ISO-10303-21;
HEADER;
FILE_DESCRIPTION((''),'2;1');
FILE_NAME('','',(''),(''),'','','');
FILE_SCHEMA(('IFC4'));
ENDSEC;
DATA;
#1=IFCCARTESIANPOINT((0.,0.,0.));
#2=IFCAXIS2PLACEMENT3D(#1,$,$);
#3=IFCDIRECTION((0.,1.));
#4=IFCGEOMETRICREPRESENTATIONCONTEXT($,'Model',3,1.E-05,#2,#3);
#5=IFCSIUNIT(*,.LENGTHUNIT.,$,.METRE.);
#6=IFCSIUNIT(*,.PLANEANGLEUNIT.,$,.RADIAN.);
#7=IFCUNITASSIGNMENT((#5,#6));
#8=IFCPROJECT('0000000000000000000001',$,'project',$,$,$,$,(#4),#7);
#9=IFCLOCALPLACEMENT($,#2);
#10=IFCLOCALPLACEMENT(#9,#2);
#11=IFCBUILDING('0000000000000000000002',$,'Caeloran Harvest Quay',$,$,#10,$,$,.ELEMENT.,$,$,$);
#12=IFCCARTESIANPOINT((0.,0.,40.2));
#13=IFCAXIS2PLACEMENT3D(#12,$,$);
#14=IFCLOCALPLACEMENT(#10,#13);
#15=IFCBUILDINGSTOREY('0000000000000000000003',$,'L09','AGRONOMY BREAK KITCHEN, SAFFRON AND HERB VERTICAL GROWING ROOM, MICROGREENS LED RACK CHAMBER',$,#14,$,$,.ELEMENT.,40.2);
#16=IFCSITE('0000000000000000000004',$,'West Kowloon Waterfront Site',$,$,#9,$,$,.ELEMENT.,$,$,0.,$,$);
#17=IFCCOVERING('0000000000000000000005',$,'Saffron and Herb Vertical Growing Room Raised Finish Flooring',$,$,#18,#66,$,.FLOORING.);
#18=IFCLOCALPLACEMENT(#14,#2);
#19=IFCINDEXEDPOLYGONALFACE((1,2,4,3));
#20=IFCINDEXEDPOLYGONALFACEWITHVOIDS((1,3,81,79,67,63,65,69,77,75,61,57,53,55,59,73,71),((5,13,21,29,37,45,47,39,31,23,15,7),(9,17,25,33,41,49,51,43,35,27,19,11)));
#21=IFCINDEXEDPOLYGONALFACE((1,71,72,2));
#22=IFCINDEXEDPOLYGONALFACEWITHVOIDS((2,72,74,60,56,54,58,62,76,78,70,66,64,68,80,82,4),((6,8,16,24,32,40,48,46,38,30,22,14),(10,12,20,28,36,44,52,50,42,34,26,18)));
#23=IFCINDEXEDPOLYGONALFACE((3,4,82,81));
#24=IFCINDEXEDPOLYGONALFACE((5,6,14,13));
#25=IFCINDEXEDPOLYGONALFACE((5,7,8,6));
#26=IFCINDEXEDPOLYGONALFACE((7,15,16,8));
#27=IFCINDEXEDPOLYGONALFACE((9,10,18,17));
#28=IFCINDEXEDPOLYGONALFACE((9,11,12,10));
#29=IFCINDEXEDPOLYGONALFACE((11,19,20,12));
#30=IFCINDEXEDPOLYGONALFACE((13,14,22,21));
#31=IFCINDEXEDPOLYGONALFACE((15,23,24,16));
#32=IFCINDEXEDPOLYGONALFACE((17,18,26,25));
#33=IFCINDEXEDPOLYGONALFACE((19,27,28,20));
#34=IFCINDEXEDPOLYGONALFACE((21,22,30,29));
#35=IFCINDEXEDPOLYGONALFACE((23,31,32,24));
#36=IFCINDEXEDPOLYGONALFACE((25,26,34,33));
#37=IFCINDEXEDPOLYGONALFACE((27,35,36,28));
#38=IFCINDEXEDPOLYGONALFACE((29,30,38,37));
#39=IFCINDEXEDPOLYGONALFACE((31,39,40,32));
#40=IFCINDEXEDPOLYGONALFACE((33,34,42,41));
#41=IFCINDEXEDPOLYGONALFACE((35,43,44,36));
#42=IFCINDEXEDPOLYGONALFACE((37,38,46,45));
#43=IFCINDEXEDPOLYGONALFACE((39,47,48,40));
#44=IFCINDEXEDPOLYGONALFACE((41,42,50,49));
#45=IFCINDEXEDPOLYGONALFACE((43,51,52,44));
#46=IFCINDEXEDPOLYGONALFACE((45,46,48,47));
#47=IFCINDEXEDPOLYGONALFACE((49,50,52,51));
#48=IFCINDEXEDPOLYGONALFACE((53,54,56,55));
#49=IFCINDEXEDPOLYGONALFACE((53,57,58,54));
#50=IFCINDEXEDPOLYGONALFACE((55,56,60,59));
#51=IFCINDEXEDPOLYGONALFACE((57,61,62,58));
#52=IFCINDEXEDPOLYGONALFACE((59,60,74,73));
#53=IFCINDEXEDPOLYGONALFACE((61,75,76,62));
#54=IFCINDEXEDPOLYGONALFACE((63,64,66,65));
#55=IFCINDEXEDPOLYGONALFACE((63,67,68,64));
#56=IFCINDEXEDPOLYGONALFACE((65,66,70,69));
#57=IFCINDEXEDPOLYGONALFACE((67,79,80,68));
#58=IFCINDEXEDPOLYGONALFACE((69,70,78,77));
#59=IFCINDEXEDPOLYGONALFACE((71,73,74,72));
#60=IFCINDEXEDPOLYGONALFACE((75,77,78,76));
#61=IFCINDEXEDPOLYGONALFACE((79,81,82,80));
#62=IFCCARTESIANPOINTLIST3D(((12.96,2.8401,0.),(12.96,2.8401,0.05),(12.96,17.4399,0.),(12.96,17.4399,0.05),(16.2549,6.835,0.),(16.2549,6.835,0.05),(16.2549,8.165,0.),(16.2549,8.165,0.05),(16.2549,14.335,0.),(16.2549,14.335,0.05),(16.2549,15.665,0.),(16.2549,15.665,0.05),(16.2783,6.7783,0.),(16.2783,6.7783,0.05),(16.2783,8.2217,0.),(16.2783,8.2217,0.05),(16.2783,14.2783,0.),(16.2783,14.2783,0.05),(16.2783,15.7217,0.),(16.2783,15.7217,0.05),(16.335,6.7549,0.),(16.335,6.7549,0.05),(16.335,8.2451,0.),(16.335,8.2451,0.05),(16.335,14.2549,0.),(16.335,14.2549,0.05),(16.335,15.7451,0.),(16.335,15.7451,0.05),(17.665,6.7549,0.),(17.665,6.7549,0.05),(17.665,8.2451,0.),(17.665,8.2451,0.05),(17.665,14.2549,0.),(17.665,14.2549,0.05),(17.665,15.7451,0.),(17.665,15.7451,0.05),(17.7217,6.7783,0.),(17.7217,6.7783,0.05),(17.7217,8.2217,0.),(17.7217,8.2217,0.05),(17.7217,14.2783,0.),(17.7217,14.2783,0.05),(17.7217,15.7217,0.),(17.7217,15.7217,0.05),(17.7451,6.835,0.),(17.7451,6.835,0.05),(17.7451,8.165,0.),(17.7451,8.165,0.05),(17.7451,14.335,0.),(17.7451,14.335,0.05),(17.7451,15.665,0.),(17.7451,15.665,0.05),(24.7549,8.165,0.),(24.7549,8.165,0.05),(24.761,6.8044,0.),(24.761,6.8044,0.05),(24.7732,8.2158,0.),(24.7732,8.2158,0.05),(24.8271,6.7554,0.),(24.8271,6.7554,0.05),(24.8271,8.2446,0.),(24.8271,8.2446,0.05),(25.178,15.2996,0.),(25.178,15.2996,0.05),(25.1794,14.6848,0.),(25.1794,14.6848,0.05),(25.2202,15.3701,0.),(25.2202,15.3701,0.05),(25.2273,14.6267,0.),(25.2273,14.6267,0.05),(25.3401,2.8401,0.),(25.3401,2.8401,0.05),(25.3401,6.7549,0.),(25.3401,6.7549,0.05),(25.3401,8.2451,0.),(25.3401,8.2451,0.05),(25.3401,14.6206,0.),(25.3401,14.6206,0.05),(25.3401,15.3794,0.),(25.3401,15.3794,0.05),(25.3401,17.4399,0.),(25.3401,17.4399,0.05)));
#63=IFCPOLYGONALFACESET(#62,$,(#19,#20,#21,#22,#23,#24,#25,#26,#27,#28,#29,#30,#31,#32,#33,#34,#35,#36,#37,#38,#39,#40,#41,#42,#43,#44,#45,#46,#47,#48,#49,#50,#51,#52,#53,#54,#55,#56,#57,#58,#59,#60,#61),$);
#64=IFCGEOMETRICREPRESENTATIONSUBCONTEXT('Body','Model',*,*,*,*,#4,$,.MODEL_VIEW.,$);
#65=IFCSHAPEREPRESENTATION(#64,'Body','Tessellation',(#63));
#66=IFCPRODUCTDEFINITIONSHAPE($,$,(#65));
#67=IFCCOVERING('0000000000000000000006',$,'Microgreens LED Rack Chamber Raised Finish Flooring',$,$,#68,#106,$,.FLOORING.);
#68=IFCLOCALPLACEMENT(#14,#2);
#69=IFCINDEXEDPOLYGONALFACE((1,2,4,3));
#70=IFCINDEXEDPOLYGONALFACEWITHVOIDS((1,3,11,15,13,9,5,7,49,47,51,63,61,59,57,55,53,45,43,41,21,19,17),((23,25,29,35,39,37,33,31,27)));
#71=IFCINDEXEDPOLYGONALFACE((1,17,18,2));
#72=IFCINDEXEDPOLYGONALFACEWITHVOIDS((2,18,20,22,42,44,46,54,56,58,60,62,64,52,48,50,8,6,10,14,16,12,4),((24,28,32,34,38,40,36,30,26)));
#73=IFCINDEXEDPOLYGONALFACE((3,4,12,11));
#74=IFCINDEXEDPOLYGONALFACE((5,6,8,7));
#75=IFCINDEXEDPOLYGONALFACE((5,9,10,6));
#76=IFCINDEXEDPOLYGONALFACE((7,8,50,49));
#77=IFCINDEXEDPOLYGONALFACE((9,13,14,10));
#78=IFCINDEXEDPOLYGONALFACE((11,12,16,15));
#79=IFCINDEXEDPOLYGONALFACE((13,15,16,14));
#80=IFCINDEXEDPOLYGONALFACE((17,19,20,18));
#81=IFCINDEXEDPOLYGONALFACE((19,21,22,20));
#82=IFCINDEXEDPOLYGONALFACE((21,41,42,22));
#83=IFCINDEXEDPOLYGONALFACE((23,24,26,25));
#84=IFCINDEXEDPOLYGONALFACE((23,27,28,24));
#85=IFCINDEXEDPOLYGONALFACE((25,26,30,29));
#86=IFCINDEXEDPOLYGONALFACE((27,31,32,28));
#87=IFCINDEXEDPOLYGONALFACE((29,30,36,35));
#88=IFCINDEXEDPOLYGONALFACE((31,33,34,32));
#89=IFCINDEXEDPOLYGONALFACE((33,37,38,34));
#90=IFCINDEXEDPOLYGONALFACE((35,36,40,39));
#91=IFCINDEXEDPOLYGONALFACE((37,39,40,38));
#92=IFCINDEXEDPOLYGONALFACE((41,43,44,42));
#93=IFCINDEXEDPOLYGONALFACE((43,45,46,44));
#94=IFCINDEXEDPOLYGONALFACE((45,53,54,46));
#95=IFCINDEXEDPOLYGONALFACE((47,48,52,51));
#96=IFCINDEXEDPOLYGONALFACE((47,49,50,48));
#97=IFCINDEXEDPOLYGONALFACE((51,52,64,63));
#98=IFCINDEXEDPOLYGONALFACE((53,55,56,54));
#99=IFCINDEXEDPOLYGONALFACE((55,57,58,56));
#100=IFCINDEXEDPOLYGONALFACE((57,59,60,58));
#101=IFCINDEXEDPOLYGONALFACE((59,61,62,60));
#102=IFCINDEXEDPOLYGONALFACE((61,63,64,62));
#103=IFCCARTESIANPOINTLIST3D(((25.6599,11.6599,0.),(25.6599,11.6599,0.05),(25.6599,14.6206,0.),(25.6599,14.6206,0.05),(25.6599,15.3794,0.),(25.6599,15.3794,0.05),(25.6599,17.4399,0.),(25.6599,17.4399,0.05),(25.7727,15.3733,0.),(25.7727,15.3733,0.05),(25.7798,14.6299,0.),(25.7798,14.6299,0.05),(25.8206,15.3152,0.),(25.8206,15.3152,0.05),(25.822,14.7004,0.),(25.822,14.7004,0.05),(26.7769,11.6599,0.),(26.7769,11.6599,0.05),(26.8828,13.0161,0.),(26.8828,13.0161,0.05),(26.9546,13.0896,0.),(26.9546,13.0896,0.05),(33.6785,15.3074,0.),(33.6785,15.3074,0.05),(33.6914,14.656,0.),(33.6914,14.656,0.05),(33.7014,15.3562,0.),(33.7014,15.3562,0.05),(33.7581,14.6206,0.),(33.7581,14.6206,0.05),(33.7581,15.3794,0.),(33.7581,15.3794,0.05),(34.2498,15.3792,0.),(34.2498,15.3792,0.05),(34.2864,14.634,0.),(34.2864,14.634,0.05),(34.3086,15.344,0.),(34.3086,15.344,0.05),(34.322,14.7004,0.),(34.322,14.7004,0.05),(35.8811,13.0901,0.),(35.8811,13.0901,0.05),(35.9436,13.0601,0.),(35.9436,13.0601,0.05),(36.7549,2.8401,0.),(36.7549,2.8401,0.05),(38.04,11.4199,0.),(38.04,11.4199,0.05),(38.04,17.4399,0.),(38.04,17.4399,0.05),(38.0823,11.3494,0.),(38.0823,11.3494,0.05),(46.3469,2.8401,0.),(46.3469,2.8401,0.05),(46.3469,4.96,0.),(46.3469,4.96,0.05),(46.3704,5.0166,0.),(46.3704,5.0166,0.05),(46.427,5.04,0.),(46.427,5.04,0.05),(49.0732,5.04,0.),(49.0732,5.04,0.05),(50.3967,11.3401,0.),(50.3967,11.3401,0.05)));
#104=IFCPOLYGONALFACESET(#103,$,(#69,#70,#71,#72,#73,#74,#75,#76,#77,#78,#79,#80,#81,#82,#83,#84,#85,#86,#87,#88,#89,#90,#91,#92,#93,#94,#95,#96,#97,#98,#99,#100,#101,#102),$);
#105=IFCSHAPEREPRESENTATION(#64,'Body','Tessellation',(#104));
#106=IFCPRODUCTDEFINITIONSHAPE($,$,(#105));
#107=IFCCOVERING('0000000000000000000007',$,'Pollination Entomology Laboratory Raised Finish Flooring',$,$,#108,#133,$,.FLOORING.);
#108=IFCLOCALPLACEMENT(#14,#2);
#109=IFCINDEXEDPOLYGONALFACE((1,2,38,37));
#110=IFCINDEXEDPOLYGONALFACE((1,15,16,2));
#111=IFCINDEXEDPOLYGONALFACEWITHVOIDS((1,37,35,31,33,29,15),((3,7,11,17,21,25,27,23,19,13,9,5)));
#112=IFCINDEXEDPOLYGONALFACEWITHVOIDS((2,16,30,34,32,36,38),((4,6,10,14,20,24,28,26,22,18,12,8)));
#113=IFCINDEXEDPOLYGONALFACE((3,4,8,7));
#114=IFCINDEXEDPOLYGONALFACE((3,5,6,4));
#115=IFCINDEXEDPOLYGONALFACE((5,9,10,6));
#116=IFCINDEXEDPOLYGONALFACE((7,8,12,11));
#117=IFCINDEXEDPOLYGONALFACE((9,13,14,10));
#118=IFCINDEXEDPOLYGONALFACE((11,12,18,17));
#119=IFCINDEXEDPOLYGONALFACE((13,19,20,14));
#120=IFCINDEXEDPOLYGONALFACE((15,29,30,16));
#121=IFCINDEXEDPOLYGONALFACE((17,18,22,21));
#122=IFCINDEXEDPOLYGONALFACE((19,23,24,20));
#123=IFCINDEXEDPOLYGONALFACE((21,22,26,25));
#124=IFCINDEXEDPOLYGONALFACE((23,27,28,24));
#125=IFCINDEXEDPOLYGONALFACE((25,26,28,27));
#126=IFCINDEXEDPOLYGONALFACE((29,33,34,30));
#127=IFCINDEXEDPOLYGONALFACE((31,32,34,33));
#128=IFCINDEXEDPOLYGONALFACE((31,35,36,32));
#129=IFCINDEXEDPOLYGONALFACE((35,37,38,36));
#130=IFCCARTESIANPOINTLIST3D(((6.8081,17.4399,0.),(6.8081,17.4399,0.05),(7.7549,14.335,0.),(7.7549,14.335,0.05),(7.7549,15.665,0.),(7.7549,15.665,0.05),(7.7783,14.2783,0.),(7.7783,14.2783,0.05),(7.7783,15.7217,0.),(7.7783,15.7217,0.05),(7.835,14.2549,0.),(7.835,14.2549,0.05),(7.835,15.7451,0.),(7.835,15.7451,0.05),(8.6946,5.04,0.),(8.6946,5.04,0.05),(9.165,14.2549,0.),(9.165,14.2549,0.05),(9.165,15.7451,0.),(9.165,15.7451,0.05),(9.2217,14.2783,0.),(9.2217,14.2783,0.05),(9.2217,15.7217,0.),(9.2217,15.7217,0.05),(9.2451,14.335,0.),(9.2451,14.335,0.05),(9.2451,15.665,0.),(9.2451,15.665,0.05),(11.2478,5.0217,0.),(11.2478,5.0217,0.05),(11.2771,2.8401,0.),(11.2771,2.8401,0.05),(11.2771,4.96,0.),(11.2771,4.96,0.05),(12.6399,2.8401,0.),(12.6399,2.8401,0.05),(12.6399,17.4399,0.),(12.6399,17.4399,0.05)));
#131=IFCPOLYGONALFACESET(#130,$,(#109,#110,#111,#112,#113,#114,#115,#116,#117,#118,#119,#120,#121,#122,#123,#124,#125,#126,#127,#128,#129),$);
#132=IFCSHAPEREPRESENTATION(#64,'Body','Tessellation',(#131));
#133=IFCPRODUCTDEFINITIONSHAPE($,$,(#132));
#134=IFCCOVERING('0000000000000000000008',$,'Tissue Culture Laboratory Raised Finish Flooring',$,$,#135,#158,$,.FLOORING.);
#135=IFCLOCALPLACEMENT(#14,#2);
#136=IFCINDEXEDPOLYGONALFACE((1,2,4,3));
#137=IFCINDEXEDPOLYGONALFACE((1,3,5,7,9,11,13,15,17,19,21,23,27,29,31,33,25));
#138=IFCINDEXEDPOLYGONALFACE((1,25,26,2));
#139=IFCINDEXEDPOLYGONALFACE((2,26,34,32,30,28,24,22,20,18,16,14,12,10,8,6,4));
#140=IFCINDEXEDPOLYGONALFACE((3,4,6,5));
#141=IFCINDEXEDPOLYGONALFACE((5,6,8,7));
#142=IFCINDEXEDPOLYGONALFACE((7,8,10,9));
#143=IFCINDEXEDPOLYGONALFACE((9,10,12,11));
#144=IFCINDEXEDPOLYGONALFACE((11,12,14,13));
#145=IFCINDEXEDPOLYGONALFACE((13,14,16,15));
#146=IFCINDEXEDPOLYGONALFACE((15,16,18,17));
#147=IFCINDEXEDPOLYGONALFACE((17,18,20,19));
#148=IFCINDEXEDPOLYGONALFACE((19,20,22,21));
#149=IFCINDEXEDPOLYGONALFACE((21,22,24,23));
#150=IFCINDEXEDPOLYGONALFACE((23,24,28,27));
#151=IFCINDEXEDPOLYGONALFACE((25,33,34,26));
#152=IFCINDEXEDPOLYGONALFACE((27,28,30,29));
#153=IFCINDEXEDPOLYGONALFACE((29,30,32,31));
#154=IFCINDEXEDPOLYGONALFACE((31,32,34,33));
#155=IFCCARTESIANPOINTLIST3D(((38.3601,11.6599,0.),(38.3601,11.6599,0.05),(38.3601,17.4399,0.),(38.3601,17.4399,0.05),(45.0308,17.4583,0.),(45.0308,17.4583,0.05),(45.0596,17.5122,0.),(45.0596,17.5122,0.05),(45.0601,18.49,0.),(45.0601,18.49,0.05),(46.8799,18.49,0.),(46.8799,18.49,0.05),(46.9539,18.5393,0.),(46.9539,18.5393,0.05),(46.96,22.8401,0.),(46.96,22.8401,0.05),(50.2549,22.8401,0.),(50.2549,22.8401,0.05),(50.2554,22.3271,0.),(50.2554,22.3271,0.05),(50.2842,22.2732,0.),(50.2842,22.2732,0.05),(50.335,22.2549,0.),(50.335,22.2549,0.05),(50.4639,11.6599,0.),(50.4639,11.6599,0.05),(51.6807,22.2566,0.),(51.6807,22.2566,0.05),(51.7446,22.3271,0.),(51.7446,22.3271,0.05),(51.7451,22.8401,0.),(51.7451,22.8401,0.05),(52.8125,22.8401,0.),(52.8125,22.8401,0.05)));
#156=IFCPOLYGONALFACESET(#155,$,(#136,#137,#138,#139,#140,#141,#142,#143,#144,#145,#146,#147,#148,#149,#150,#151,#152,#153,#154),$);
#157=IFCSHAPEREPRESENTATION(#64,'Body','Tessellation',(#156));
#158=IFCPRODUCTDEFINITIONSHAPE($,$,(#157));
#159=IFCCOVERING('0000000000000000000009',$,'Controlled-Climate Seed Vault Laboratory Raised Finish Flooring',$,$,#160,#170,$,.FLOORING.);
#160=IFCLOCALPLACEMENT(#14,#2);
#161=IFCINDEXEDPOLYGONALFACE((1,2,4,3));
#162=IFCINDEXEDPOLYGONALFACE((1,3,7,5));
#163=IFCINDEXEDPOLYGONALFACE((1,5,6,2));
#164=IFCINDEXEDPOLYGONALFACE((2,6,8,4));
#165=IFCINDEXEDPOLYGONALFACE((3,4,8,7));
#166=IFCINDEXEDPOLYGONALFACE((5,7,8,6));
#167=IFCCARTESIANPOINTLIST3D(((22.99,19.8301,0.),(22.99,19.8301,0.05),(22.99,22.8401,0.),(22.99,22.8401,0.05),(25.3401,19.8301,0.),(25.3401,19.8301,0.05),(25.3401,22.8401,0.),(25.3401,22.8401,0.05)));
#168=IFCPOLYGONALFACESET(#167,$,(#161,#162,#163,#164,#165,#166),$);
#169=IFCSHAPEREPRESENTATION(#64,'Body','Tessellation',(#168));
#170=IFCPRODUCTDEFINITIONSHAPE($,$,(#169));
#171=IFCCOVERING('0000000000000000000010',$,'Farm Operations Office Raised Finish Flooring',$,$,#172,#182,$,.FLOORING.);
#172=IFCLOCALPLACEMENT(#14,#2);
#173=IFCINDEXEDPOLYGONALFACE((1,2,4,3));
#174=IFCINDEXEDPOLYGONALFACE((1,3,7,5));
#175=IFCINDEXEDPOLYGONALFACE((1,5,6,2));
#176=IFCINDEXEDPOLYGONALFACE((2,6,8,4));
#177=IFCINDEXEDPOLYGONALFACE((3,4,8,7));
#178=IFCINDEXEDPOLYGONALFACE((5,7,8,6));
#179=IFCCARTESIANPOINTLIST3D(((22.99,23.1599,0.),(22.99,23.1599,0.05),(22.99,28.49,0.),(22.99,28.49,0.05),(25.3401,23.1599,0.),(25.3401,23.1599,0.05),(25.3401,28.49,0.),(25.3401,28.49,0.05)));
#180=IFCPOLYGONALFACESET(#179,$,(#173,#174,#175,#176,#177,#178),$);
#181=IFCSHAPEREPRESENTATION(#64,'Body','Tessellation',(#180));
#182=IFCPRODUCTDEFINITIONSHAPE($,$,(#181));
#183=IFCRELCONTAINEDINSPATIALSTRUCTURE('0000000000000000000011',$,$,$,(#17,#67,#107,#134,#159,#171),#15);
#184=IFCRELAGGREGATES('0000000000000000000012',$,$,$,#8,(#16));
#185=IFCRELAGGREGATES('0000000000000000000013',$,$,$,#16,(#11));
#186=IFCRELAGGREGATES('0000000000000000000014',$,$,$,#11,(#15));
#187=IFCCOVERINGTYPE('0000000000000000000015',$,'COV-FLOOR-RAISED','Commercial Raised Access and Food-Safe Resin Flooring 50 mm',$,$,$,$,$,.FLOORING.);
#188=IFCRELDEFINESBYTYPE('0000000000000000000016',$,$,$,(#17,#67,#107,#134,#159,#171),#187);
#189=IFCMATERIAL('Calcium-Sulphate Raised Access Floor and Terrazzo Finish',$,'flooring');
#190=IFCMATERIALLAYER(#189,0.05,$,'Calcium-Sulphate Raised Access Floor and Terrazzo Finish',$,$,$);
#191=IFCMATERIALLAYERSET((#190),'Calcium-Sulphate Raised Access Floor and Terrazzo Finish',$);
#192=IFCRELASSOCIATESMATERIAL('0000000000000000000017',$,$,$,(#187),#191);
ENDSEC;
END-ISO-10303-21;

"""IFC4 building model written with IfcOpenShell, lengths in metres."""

from ifc_helpers import new_model, si_unit, direction, frame, origin, place, context, subcontext, project, spatial, polyline, outline, extrude, material, layer, layer_set, type_object, element, save


model = new_model("IFC4")

# Units and contexts
model_context = context("Model", 3, precision=1e-05, world=origin(), true_north=direction((0.0, 1.0)))
body_context = subcontext(model_context, "Body", "Model", "MODEL_VIEW")
ifc_project = project(units=[si_unit("LENGTHUNIT", "METRE"), si_unit("PLANEANGLEUNIT", "RADIAN")], contexts=[model_context])

# Site, building, storey
site_placement = place(None, origin())
site = spatial("IfcSite", under=ifc_project, at=site_placement, Name="West Kowloon Waterfront Site", CompositionType="ELEMENT", RefElevation=0.0)
building_placement = place(site_placement, origin())
building = spatial("IfcBuilding", under=site, at=building_placement, Name="Caeloran Harvest Quay", CompositionType="ELEMENT")
storey_placement = place(building_placement, frame((0.0, 0.0, 40.2)))
storey = spatial("IfcBuildingStorey", under=building, at=storey_placement, Name="L09", Description="AGRONOMY BREAK KITCHEN, SAFFRON AND HERB VERTICAL GROWING ROOM, MICROGREENS LED RACK CHAMBER", CompositionType="ELEMENT", Elevation=40.2)

# Coverings
ifc_material_1 = material(Name="Calcium-Sulphate Raised Access Floor and Terrazzo Finish", Category="flooring")
ifc_layer_1 = layer(ifc_material_1, 0.05, Name="Calcium-Sulphate Raised Access Floor and Terrazzo Finish")
ifc_layer_set_1 = layer_set([ifc_layer_1], Name="Calcium-Sulphate Raised Access Floor and Terrazzo Finish")
covering_type_1 = type_object("IfcCoveringType", Name="COV-FLOOR-RAISED", Description="Commercial Raised Access and Food-Safe Resin Flooring 50 mm", PredefinedType="FLOORING", material=ifc_layer_set_1)
covering_1_placement = place(storey_placement, origin())
element("IfcCovering", 1, at=covering_1_placement, inside=storey, type_object=covering_type_1, Name="Saffron and Herb Vertical Growing Room Raised Finish Flooring", PredefinedType="FLOORING", context=body_context, shape_type="SweptSolid", body=[
    extrude(outline(polyline([(25.3401, 17.4399), (25.3401, 15.3794), (25.2202, 15.3701), (25.178, 15.2996), (25.1794, 14.6848), (25.2273, 14.6267), (25.3401, 14.6206), (25.3401, 8.2451), (24.8271, 8.2446), (24.7732, 8.2158), (24.7549, 8.165), (24.761, 6.8044), (24.8271, 6.7554), (25.3401, 6.7549), (25.3401, 2.8401), (12.96, 2.8401), (12.96, 17.4399), (25.3401, 17.4399)]), holes=[polyline([(16.335, 8.2451), (16.2783, 8.2217), (16.2549, 8.165), (16.2549, 6.835), (16.2783, 6.7783), (16.335, 6.7549), (17.665, 6.7549), (17.7217, 6.7783), (17.7451, 6.835), (17.7451, 8.165), (17.7217, 8.2217), (17.665, 8.2451), (16.335, 8.2451)]), polyline([(17.7451, 15.665), (17.7217, 15.7217), (17.665, 15.7451), (16.335, 15.7451), (16.2783, 15.7217), (16.2549, 15.665), (16.2549, 14.335), (16.2783, 14.2783), (16.335, 14.2549), (17.665, 14.2549), (17.7217, 14.2783), (17.7451, 14.335), (17.7451, 15.665)])]), origin(), (0.0, 0.0, 1.0), 0.05),
])
covering_2_placement = place(storey_placement, origin())
element("IfcCovering", 2, at=covering_2_placement, inside=storey, type_object=covering_type_1, Name="Microgreens LED Rack Chamber Raised Finish Flooring", PredefinedType="FLOORING", context=body_context, shape_type="SweptSolid", body=[
    extrude(outline(polyline([(46.427, 5.04), (46.3704, 5.0166), (46.3469, 4.96), (46.3469, 2.8401), (36.7549, 2.8401), (35.9436, 13.0601), (35.8811, 13.0901), (26.9546, 13.0896), (26.8828, 13.0161), (26.7769, 11.6599), (25.6599, 11.6599), (25.6599, 14.6206), (25.7798, 14.6299), (25.822, 14.7004), (25.8206, 15.3152), (25.7727, 15.3733), (25.6599, 15.3794), (25.6599, 17.4399), (38.04, 17.4399), (38.04, 11.4199), (38.0823, 11.3494), (50.3967, 11.3401), (49.0732, 5.04), (46.427, 5.04)]), holes=[polyline([(33.7581, 15.3794), (33.7014, 15.3562), (33.6785, 15.3074), (33.6914, 14.656), (33.7581, 14.6206), (34.2864, 14.634), (34.322, 14.7004), (34.3086, 15.344), (34.2498, 15.3792), (33.7581, 15.3794)])]), origin(), (0.0, 0.0, 1.0), 0.05),
])
covering_3_placement = place(storey_placement, origin())
element("IfcCovering", 3, at=covering_3_placement, inside=storey, type_object=covering_type_1, Name="Pollination Entomology Laboratory Raised Finish Flooring", PredefinedType="FLOORING", context=body_context, shape_type="SweptSolid", body=[
    extrude(outline(polyline([(12.6399, 17.4399), (12.6399, 2.8401), (11.2771, 2.8401), (11.2771, 4.96), (11.2478, 5.0217), (8.6946, 5.04), (6.8081, 17.4399), (12.6399, 17.4399)]), holes=[polyline([(9.2451, 15.665), (9.2217, 15.7217), (9.165, 15.7451), (7.835, 15.7451), (7.7783, 15.7217), (7.7549, 15.665), (7.7549, 14.335), (7.7783, 14.2783), (7.835, 14.2549), (9.165, 14.2549), (9.2217, 14.2783), (9.2451, 14.335), (9.2451, 15.665)])]), origin(), (0.0, 0.0, 1.0), 0.05),
])
covering_4_placement = place(storey_placement, origin())
element("IfcCovering", 4, at=covering_4_placement, inside=storey, type_object=covering_type_1, Name="Tissue Culture Laboratory Raised Finish Flooring", PredefinedType="FLOORING", context=body_context, shape_type="SweptSolid", body=[
    extrude(outline(polyline([(38.3601, 17.4399), (45.0308, 17.4583), (45.0596, 17.5122), (45.0601, 18.49), (46.8799, 18.49), (46.9539, 18.5393), (46.96, 22.8401), (50.2549, 22.8401), (50.2554, 22.3271), (50.2842, 22.2732), (50.335, 22.2549), (51.6807, 22.2566), (51.7446, 22.3271), (51.7451, 22.8401), (52.8125, 22.8401), (50.4639, 11.6599), (38.3601, 11.6599), (38.3601, 17.4399)])), origin(), (0.0, 0.0, 1.0), 0.05),
])
covering_5_placement = place(storey_placement, origin())
element("IfcCovering", 5, at=covering_5_placement, inside=storey, type_object=covering_type_1, Name="Controlled-Climate Seed Vault Laboratory Raised Finish Flooring", PredefinedType="FLOORING", context=body_context, shape_type="SweptSolid", body=[
    extrude(outline(polyline([(25.3401, 19.8301), (22.99, 19.8301), (22.99, 22.8401), (25.3401, 22.8401), (25.3401, 19.8301)])), origin(), (0.0, 0.0, 1.0), 0.05),
])
covering_6_placement = place(storey_placement, origin())
element("IfcCovering", 6, at=covering_6_placement, inside=storey, type_object=covering_type_1, Name="Farm Operations Office Raised Finish Flooring", PredefinedType="FLOORING", context=body_context, shape_type="SweptSolid", body=[
    extrude(outline(polyline([(22.99, 28.49), (25.3401, 28.49), (25.3401, 23.1599), (22.99, 23.1599), (22.99, 28.49)])), origin(), (0.0, 0.0, 1.0), 0.05),
])

save(model, "model.ifc")
